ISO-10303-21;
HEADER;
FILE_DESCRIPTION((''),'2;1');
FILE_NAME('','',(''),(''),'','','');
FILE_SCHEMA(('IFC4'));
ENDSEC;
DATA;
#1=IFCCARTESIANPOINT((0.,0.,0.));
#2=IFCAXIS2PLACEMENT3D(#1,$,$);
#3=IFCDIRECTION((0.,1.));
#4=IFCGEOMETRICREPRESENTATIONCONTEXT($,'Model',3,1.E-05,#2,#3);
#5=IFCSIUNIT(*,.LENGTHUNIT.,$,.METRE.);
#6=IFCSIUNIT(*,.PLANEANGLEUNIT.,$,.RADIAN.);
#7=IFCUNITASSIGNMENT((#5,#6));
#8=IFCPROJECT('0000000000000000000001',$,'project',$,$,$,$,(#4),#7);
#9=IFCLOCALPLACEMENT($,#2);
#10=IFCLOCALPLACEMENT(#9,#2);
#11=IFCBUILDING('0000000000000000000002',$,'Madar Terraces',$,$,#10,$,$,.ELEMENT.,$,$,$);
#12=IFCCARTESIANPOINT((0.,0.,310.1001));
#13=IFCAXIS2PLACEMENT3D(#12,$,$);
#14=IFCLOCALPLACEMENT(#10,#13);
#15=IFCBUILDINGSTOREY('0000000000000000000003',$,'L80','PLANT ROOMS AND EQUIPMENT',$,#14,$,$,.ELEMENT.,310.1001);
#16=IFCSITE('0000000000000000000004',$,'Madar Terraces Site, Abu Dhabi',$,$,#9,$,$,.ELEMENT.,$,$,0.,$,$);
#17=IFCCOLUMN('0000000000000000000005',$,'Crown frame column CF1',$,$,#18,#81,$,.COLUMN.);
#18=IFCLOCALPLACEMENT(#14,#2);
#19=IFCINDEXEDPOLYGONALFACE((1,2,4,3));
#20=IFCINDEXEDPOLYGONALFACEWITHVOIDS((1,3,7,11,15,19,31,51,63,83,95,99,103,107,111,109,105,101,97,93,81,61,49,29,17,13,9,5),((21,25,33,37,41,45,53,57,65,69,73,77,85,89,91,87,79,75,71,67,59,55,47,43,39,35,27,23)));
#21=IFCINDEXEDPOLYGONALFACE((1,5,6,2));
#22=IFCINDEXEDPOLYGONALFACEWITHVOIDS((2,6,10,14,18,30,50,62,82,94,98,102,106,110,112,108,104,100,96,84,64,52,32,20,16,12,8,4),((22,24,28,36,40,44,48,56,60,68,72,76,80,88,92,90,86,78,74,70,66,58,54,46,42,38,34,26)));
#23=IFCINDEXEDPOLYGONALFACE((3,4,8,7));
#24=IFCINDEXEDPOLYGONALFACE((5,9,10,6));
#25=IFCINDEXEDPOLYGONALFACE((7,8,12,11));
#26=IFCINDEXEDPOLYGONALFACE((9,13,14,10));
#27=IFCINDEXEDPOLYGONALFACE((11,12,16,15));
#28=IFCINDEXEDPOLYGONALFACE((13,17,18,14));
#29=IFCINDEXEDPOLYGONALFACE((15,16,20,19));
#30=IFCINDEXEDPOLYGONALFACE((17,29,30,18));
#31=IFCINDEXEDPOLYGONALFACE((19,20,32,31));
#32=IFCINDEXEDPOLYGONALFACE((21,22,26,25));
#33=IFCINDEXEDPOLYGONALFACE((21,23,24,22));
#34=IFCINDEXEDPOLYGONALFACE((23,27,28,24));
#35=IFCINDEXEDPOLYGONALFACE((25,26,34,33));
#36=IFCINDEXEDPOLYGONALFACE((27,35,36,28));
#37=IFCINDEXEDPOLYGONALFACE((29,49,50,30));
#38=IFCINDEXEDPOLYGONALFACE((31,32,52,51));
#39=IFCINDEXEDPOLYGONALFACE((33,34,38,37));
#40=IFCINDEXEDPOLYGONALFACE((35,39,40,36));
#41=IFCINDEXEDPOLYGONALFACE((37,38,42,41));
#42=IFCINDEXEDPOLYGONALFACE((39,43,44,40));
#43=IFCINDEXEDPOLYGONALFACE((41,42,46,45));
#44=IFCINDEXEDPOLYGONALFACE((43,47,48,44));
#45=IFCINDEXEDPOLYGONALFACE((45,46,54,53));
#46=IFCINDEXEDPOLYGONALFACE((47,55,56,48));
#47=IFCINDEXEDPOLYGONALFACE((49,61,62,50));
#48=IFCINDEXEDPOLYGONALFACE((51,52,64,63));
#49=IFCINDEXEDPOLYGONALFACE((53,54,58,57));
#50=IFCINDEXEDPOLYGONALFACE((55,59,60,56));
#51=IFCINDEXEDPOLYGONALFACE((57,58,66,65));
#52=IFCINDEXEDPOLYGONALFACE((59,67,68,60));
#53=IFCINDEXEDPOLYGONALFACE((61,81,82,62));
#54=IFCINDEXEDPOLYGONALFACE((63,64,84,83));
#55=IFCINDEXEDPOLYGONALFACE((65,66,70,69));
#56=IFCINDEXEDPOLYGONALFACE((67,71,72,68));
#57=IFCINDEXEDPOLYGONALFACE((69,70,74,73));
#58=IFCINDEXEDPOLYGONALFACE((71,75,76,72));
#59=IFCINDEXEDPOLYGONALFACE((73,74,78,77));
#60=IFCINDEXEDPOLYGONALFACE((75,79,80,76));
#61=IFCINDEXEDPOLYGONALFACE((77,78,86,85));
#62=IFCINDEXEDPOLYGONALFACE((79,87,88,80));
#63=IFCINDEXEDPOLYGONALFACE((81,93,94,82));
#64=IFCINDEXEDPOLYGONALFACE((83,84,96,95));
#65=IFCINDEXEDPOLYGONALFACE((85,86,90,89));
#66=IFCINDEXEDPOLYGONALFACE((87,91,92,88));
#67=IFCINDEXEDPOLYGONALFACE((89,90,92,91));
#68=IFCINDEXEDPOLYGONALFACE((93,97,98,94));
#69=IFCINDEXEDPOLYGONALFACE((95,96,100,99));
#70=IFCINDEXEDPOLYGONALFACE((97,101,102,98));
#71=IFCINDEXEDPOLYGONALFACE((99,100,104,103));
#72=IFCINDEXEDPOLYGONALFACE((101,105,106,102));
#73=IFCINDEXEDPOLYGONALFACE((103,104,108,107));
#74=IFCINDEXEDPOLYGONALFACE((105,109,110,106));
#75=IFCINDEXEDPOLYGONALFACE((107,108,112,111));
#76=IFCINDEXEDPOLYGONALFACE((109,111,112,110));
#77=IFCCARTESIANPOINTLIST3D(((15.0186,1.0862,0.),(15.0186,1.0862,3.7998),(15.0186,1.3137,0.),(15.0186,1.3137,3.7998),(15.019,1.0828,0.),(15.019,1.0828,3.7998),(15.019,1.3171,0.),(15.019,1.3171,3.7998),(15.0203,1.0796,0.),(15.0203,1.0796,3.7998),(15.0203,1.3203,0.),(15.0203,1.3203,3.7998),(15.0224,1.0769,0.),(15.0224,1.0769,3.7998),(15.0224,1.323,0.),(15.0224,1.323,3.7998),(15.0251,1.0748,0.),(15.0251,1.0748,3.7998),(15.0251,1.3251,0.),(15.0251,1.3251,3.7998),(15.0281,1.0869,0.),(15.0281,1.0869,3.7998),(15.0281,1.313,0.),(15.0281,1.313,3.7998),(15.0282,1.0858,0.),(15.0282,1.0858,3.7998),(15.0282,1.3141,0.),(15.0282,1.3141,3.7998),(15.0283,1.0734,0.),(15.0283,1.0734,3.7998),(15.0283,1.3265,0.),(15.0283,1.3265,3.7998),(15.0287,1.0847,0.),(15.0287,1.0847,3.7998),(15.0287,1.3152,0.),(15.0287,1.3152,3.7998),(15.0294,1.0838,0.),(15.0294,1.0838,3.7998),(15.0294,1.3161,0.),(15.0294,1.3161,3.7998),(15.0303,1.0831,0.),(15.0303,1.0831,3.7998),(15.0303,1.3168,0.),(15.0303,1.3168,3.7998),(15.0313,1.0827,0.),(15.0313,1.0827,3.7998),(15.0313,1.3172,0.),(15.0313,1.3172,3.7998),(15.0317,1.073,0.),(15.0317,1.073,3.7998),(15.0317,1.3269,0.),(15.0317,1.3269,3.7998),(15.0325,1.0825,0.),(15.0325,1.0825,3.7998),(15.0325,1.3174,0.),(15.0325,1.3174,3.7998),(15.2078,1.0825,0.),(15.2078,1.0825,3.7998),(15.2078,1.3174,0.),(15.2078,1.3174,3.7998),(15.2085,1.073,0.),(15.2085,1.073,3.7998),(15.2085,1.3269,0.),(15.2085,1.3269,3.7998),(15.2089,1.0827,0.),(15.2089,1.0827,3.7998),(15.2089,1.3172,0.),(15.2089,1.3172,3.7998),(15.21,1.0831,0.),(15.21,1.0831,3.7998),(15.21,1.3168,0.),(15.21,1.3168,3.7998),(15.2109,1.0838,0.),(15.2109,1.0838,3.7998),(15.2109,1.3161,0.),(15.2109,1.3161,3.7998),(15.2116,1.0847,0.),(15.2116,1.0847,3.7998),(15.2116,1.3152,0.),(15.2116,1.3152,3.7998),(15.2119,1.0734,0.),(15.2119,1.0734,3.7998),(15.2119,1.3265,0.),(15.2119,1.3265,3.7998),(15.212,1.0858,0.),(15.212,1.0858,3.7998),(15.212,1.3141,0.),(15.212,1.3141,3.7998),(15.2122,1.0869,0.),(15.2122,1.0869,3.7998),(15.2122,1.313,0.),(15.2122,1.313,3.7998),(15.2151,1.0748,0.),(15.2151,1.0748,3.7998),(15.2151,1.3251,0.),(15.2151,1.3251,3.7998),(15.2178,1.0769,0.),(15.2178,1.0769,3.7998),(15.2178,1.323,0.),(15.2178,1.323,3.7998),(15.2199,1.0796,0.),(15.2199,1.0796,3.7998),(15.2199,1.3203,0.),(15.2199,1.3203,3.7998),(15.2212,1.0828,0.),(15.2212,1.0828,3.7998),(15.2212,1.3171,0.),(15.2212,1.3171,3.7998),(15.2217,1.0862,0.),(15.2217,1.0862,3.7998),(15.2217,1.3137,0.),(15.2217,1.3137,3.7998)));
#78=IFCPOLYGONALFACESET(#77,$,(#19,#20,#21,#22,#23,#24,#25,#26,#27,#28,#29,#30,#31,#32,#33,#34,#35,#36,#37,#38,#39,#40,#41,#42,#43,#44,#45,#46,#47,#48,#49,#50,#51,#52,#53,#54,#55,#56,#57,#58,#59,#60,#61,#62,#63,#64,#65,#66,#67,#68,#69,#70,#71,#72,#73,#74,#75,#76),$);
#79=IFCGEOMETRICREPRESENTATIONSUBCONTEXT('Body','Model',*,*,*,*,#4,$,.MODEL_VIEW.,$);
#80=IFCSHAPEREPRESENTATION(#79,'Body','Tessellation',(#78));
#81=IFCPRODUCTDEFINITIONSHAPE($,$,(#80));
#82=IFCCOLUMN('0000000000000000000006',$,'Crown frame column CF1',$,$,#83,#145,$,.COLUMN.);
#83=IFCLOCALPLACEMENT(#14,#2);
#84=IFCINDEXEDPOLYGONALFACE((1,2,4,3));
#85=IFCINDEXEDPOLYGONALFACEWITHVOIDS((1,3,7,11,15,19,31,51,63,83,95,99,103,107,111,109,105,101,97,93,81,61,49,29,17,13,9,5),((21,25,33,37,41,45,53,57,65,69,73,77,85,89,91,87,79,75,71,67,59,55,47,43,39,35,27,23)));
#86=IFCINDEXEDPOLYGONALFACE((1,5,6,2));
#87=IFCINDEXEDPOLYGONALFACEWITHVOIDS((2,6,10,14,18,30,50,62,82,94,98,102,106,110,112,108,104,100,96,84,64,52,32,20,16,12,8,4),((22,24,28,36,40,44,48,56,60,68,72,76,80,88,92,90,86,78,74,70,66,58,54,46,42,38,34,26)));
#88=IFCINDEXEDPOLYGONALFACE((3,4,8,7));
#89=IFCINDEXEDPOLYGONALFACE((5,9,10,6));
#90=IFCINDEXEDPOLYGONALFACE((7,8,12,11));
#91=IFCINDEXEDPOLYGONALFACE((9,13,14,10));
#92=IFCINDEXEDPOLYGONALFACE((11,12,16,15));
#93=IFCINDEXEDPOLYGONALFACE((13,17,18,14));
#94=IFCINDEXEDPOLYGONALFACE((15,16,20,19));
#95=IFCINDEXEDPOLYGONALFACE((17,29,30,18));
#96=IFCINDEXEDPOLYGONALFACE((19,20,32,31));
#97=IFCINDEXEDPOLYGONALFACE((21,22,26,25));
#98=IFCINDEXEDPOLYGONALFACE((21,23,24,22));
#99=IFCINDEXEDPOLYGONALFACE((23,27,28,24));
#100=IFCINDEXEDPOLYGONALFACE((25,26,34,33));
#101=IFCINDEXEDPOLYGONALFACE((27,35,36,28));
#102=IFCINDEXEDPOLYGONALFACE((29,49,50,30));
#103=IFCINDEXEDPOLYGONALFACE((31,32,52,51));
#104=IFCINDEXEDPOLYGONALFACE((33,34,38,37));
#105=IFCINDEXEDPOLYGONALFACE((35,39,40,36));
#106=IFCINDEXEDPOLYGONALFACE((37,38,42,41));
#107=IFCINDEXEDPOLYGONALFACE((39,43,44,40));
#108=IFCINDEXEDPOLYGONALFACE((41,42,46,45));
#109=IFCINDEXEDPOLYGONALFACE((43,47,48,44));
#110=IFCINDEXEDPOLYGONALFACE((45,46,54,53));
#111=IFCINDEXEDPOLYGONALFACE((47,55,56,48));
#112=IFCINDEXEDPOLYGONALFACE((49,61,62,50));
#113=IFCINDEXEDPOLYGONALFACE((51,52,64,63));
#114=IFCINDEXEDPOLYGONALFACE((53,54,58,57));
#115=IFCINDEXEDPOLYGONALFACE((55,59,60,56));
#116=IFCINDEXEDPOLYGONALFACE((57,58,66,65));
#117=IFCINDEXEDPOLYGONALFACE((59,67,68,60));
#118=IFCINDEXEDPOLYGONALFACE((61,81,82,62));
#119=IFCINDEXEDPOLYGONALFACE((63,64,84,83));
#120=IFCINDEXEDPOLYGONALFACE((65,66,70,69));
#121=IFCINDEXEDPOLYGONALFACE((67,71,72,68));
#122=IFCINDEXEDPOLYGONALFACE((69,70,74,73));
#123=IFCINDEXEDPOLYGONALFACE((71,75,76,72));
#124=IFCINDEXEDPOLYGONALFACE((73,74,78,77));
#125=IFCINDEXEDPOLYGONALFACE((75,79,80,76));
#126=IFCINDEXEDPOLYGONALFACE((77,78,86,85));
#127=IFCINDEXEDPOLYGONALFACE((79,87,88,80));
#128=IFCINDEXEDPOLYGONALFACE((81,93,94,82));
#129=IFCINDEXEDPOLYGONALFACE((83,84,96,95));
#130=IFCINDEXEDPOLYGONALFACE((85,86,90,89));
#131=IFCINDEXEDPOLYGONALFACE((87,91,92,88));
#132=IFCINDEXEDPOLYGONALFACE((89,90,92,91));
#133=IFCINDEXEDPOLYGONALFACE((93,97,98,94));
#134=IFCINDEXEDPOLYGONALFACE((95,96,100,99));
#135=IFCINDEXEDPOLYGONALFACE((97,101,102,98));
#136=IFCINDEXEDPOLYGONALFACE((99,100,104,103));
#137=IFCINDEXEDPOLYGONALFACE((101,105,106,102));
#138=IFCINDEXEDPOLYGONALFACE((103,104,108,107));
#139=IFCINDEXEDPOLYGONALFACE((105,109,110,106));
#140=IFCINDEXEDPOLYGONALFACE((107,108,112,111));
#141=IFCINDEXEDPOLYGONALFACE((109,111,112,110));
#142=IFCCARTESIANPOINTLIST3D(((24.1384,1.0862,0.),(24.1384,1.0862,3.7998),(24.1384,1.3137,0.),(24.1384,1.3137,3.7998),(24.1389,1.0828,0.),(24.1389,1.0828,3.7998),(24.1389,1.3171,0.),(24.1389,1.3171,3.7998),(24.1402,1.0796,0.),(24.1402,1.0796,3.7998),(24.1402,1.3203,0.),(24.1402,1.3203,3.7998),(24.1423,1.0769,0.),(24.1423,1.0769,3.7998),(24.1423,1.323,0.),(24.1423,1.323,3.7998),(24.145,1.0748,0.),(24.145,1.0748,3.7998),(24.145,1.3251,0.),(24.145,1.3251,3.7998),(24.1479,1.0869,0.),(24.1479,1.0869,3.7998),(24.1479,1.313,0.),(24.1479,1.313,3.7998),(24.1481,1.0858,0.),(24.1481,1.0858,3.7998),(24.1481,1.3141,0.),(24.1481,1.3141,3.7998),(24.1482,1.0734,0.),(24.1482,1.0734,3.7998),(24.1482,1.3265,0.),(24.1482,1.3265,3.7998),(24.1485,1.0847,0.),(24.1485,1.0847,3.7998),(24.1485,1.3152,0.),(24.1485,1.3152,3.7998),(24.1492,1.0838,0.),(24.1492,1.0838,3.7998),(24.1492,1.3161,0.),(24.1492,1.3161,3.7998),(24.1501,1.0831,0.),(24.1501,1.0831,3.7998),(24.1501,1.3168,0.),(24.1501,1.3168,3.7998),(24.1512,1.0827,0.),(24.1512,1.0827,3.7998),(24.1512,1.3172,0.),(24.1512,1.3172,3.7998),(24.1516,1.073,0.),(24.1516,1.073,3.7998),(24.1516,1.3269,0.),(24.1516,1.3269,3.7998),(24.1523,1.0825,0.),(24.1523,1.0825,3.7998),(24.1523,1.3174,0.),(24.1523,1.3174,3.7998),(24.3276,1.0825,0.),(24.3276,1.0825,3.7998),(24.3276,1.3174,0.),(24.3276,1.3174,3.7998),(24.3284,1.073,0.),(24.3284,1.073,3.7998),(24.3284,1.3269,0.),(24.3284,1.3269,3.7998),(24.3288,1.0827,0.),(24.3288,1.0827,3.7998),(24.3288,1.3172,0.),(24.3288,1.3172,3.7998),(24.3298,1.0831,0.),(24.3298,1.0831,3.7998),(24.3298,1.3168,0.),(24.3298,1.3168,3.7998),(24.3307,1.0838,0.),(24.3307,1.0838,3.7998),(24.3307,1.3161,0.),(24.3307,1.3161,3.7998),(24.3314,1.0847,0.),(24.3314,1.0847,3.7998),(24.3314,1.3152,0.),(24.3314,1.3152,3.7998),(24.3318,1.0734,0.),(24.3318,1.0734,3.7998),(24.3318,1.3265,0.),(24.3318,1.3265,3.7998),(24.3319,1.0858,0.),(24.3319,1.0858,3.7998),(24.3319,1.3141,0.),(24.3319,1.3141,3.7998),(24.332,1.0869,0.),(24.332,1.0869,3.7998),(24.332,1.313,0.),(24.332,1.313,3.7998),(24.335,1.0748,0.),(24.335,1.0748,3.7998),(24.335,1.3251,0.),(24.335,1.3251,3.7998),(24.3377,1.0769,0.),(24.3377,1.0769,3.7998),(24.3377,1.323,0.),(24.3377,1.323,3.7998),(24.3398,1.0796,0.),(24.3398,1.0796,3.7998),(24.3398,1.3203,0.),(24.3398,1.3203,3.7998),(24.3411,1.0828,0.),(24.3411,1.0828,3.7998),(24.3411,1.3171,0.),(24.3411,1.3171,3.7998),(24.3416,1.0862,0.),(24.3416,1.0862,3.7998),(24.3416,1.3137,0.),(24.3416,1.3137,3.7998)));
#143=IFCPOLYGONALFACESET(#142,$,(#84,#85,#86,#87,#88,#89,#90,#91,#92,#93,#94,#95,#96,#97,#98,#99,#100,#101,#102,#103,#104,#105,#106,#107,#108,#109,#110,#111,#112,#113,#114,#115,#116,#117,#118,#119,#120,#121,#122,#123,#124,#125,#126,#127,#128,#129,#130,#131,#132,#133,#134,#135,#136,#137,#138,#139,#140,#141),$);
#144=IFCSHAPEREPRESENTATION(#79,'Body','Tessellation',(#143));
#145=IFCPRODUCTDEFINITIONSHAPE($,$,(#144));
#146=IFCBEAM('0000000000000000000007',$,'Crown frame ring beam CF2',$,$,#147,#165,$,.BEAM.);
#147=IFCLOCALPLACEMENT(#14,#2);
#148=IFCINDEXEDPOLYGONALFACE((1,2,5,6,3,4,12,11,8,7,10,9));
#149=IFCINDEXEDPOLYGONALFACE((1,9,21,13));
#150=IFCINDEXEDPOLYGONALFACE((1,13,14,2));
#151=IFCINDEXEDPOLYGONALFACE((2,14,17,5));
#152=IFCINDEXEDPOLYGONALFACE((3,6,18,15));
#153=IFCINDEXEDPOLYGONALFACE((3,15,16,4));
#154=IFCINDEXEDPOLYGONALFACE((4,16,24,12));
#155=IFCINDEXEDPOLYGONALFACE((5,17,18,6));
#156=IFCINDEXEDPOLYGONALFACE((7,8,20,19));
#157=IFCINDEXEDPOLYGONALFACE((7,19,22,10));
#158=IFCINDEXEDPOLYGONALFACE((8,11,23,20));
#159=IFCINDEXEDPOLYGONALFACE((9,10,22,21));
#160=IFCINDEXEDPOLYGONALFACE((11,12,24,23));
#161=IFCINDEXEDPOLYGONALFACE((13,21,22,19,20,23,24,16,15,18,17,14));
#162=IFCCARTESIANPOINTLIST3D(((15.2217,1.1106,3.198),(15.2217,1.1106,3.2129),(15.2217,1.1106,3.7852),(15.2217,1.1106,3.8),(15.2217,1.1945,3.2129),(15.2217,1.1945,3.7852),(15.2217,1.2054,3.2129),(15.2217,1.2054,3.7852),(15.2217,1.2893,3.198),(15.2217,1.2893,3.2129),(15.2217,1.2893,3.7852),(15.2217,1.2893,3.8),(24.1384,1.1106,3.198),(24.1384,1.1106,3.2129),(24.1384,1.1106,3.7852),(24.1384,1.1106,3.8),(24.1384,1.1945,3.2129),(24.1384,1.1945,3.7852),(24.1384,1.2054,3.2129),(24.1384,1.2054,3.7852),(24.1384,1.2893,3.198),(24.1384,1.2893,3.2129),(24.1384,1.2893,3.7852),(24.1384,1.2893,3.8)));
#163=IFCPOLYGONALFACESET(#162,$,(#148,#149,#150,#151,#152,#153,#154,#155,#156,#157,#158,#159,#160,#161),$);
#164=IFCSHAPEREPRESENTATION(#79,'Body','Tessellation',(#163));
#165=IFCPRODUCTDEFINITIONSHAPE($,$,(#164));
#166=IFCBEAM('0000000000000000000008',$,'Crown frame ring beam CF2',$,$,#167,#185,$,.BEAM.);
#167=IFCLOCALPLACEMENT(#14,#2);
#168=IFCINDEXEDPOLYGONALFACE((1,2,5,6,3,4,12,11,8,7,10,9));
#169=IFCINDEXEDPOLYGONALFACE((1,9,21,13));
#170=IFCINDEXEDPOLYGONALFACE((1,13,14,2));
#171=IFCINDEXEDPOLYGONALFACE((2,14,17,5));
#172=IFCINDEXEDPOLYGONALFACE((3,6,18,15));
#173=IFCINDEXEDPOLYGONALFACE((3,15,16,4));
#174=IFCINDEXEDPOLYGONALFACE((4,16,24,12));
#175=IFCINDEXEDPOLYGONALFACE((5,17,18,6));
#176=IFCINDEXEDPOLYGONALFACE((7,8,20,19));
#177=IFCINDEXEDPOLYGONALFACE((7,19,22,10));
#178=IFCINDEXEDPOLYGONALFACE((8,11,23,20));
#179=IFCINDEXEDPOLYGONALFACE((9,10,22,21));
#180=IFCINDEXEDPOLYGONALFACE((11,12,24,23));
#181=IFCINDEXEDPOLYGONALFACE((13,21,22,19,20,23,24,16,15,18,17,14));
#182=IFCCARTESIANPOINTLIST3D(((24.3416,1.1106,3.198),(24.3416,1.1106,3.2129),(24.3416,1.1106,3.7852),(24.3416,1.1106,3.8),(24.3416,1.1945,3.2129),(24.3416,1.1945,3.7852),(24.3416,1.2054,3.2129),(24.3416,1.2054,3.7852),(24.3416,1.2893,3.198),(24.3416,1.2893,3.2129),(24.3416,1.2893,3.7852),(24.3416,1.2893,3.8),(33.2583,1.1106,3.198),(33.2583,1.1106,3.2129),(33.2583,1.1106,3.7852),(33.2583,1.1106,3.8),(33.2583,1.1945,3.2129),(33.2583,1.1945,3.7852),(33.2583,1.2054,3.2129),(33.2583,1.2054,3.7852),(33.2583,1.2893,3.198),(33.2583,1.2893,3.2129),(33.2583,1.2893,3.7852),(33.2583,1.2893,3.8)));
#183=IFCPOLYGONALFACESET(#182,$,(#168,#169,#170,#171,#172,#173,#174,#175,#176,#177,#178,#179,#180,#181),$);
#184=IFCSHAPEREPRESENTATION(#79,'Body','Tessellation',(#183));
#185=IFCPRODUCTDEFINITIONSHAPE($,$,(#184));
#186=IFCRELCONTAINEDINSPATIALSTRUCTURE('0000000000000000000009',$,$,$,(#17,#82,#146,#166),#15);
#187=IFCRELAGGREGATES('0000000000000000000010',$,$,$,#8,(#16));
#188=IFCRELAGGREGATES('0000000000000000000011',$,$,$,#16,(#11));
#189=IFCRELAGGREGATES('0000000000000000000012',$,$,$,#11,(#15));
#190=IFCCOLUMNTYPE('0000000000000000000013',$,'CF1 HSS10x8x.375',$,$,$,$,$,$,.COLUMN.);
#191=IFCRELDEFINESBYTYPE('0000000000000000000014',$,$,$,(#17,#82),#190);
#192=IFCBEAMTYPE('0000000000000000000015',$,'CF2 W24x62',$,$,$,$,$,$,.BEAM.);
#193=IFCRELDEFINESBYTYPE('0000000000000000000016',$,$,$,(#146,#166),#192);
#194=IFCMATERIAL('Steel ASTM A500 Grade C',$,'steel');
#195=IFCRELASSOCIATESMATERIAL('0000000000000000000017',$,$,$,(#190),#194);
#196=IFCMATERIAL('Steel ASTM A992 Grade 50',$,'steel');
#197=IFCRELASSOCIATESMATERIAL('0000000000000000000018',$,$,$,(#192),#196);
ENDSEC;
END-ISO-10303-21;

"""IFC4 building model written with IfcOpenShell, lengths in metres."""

from ifc_helpers import new_model, si_unit, direction, frame, origin, origin_2d, place, context, subcontext, project, spatial, hollow_rectangle, i_section, extrude, material, material_profile, profile_set, type_object, element, save


model = new_model("IFC4")

# Units and contexts
model_context = context("Model", 3, precision=1e-05, world=origin(), true_north=direction((0.0, 1.0)))
body_context = subcontext(model_context, "Body", "Model", "MODEL_VIEW")
ifc_project = project(units=[si_unit("LENGTHUNIT", "METRE"), si_unit("PLANEANGLEUNIT", "RADIAN")], contexts=[model_context])

# Site, building, storey
site_placement = place(None, origin())
site = spatial("IfcSite", under=ifc_project, at=site_placement, Name="Madar Terraces Site, Abu Dhabi", CompositionType="ELEMENT", RefElevation=0.0)
building_placement = place(site_placement, origin())
building = spatial("IfcBuilding", under=site, at=building_placement, Name="Madar Terraces", CompositionType="ELEMENT")
storey_placement = place(building_placement, frame((0.0, 0.0, 310.1001)))
storey = spatial("IfcBuildingStorey", under=building, at=storey_placement, Name="L80", Description="PLANT ROOMS AND EQUIPMENT", CompositionType="ELEMENT", Elevation=310.1001)

# Columns
ifc_material_1 = material(Name="Steel ASTM A500 Grade C", Category="steel")
ifc_material_profile_1 = material_profile(ifc_material_1, hollow_rectangle(XDim=0.2031, YDim=0.2539, WallThickness=0.0095, InnerFilletRadius=0.0044, OuterFilletRadius=0.0132, at=origin_2d()), Name="HSS10x8x.375")
ifc_profile_set_1 = profile_set([ifc_material_profile_1], Name="Steel ASTM A500 Grade C")
column_type = type_object("IfcColumnType", Name="CF1 HSS10x8x.375", PredefinedType="COLUMN", material=ifc_profile_set_1)
for number, where, z_axis, x_axis, name in (
    (1, (15.1201, 1.2, 0.0), (0.0, 0.0, 1.0), (1.0, 0.0, 0.0), "Crown frame column CF1"),
    (2, (24.24, 1.2, 0.0), (0.0, 0.0, 1.0), (1.0, 0.0, 0.0), "Crown frame column CF1"),
):
    element("IfcColumn", number, at=place(storey_placement, frame(where, z_axis=z_axis, x_axis=x_axis)), inside=storey, type_object=column_type, Name=name, PredefinedType="COLUMN", context=body_context, shape_type="SweptSolid", body=[
        extrude(hollow_rectangle(XDim=0.2031, YDim=0.2539, WallThickness=0.0095, InnerFilletRadius=0.0044, OuterFilletRadius=0.0132, at=origin_2d()), origin(), (0.0, 0.0, 1.0), 3.7998),
    ])

# Beams
ifc_material_2 = material(Name="Steel ASTM A992 Grade 50", Category="steel")
ifc_material_profile_2 = material_profile(ifc_material_2, i_section(OverallWidth=0.1787, OverallDepth=0.6021, WebThickness=0.011, FlangeThickness=0.0149, at=origin_2d()), Name="W24x62")
ifc_profile_set_2 = profile_set([ifc_material_profile_2], Name="Steel ASTM A992 Grade 50")
beam_type = type_object("IfcBeamType", Name="CF2 W24x62", PredefinedType="BEAM", material=ifc_profile_set_2)
for number, where, z_axis, x_axis, name in (
    (3, (15.2217, 1.2, 3.499), (1.0, 0.0, 0.0), (0.0, 1.0, 0.0), "Crown frame ring beam CF2"),
    (4, (24.3416, 1.2, 3.499), (1.0, 0.0, 0.0), (0.0, 1.0, 0.0), "Crown frame ring beam CF2"),
):
    element("IfcBeam", number, at=place(storey_placement, frame(where, z_axis=z_axis, x_axis=x_axis)), inside=storey, type_object=beam_type, Name=name, PredefinedType="BEAM", context=body_context, shape_type="SweptSolid", body=[
        extrude(i_section(OverallWidth=0.1787, OverallDepth=0.6021, WebThickness=0.011, FlangeThickness=0.0149, at=origin_2d()), origin(), (0.0, 0.0, 1.0), 8.9167),
    ])

save(model, "model.ifc")
